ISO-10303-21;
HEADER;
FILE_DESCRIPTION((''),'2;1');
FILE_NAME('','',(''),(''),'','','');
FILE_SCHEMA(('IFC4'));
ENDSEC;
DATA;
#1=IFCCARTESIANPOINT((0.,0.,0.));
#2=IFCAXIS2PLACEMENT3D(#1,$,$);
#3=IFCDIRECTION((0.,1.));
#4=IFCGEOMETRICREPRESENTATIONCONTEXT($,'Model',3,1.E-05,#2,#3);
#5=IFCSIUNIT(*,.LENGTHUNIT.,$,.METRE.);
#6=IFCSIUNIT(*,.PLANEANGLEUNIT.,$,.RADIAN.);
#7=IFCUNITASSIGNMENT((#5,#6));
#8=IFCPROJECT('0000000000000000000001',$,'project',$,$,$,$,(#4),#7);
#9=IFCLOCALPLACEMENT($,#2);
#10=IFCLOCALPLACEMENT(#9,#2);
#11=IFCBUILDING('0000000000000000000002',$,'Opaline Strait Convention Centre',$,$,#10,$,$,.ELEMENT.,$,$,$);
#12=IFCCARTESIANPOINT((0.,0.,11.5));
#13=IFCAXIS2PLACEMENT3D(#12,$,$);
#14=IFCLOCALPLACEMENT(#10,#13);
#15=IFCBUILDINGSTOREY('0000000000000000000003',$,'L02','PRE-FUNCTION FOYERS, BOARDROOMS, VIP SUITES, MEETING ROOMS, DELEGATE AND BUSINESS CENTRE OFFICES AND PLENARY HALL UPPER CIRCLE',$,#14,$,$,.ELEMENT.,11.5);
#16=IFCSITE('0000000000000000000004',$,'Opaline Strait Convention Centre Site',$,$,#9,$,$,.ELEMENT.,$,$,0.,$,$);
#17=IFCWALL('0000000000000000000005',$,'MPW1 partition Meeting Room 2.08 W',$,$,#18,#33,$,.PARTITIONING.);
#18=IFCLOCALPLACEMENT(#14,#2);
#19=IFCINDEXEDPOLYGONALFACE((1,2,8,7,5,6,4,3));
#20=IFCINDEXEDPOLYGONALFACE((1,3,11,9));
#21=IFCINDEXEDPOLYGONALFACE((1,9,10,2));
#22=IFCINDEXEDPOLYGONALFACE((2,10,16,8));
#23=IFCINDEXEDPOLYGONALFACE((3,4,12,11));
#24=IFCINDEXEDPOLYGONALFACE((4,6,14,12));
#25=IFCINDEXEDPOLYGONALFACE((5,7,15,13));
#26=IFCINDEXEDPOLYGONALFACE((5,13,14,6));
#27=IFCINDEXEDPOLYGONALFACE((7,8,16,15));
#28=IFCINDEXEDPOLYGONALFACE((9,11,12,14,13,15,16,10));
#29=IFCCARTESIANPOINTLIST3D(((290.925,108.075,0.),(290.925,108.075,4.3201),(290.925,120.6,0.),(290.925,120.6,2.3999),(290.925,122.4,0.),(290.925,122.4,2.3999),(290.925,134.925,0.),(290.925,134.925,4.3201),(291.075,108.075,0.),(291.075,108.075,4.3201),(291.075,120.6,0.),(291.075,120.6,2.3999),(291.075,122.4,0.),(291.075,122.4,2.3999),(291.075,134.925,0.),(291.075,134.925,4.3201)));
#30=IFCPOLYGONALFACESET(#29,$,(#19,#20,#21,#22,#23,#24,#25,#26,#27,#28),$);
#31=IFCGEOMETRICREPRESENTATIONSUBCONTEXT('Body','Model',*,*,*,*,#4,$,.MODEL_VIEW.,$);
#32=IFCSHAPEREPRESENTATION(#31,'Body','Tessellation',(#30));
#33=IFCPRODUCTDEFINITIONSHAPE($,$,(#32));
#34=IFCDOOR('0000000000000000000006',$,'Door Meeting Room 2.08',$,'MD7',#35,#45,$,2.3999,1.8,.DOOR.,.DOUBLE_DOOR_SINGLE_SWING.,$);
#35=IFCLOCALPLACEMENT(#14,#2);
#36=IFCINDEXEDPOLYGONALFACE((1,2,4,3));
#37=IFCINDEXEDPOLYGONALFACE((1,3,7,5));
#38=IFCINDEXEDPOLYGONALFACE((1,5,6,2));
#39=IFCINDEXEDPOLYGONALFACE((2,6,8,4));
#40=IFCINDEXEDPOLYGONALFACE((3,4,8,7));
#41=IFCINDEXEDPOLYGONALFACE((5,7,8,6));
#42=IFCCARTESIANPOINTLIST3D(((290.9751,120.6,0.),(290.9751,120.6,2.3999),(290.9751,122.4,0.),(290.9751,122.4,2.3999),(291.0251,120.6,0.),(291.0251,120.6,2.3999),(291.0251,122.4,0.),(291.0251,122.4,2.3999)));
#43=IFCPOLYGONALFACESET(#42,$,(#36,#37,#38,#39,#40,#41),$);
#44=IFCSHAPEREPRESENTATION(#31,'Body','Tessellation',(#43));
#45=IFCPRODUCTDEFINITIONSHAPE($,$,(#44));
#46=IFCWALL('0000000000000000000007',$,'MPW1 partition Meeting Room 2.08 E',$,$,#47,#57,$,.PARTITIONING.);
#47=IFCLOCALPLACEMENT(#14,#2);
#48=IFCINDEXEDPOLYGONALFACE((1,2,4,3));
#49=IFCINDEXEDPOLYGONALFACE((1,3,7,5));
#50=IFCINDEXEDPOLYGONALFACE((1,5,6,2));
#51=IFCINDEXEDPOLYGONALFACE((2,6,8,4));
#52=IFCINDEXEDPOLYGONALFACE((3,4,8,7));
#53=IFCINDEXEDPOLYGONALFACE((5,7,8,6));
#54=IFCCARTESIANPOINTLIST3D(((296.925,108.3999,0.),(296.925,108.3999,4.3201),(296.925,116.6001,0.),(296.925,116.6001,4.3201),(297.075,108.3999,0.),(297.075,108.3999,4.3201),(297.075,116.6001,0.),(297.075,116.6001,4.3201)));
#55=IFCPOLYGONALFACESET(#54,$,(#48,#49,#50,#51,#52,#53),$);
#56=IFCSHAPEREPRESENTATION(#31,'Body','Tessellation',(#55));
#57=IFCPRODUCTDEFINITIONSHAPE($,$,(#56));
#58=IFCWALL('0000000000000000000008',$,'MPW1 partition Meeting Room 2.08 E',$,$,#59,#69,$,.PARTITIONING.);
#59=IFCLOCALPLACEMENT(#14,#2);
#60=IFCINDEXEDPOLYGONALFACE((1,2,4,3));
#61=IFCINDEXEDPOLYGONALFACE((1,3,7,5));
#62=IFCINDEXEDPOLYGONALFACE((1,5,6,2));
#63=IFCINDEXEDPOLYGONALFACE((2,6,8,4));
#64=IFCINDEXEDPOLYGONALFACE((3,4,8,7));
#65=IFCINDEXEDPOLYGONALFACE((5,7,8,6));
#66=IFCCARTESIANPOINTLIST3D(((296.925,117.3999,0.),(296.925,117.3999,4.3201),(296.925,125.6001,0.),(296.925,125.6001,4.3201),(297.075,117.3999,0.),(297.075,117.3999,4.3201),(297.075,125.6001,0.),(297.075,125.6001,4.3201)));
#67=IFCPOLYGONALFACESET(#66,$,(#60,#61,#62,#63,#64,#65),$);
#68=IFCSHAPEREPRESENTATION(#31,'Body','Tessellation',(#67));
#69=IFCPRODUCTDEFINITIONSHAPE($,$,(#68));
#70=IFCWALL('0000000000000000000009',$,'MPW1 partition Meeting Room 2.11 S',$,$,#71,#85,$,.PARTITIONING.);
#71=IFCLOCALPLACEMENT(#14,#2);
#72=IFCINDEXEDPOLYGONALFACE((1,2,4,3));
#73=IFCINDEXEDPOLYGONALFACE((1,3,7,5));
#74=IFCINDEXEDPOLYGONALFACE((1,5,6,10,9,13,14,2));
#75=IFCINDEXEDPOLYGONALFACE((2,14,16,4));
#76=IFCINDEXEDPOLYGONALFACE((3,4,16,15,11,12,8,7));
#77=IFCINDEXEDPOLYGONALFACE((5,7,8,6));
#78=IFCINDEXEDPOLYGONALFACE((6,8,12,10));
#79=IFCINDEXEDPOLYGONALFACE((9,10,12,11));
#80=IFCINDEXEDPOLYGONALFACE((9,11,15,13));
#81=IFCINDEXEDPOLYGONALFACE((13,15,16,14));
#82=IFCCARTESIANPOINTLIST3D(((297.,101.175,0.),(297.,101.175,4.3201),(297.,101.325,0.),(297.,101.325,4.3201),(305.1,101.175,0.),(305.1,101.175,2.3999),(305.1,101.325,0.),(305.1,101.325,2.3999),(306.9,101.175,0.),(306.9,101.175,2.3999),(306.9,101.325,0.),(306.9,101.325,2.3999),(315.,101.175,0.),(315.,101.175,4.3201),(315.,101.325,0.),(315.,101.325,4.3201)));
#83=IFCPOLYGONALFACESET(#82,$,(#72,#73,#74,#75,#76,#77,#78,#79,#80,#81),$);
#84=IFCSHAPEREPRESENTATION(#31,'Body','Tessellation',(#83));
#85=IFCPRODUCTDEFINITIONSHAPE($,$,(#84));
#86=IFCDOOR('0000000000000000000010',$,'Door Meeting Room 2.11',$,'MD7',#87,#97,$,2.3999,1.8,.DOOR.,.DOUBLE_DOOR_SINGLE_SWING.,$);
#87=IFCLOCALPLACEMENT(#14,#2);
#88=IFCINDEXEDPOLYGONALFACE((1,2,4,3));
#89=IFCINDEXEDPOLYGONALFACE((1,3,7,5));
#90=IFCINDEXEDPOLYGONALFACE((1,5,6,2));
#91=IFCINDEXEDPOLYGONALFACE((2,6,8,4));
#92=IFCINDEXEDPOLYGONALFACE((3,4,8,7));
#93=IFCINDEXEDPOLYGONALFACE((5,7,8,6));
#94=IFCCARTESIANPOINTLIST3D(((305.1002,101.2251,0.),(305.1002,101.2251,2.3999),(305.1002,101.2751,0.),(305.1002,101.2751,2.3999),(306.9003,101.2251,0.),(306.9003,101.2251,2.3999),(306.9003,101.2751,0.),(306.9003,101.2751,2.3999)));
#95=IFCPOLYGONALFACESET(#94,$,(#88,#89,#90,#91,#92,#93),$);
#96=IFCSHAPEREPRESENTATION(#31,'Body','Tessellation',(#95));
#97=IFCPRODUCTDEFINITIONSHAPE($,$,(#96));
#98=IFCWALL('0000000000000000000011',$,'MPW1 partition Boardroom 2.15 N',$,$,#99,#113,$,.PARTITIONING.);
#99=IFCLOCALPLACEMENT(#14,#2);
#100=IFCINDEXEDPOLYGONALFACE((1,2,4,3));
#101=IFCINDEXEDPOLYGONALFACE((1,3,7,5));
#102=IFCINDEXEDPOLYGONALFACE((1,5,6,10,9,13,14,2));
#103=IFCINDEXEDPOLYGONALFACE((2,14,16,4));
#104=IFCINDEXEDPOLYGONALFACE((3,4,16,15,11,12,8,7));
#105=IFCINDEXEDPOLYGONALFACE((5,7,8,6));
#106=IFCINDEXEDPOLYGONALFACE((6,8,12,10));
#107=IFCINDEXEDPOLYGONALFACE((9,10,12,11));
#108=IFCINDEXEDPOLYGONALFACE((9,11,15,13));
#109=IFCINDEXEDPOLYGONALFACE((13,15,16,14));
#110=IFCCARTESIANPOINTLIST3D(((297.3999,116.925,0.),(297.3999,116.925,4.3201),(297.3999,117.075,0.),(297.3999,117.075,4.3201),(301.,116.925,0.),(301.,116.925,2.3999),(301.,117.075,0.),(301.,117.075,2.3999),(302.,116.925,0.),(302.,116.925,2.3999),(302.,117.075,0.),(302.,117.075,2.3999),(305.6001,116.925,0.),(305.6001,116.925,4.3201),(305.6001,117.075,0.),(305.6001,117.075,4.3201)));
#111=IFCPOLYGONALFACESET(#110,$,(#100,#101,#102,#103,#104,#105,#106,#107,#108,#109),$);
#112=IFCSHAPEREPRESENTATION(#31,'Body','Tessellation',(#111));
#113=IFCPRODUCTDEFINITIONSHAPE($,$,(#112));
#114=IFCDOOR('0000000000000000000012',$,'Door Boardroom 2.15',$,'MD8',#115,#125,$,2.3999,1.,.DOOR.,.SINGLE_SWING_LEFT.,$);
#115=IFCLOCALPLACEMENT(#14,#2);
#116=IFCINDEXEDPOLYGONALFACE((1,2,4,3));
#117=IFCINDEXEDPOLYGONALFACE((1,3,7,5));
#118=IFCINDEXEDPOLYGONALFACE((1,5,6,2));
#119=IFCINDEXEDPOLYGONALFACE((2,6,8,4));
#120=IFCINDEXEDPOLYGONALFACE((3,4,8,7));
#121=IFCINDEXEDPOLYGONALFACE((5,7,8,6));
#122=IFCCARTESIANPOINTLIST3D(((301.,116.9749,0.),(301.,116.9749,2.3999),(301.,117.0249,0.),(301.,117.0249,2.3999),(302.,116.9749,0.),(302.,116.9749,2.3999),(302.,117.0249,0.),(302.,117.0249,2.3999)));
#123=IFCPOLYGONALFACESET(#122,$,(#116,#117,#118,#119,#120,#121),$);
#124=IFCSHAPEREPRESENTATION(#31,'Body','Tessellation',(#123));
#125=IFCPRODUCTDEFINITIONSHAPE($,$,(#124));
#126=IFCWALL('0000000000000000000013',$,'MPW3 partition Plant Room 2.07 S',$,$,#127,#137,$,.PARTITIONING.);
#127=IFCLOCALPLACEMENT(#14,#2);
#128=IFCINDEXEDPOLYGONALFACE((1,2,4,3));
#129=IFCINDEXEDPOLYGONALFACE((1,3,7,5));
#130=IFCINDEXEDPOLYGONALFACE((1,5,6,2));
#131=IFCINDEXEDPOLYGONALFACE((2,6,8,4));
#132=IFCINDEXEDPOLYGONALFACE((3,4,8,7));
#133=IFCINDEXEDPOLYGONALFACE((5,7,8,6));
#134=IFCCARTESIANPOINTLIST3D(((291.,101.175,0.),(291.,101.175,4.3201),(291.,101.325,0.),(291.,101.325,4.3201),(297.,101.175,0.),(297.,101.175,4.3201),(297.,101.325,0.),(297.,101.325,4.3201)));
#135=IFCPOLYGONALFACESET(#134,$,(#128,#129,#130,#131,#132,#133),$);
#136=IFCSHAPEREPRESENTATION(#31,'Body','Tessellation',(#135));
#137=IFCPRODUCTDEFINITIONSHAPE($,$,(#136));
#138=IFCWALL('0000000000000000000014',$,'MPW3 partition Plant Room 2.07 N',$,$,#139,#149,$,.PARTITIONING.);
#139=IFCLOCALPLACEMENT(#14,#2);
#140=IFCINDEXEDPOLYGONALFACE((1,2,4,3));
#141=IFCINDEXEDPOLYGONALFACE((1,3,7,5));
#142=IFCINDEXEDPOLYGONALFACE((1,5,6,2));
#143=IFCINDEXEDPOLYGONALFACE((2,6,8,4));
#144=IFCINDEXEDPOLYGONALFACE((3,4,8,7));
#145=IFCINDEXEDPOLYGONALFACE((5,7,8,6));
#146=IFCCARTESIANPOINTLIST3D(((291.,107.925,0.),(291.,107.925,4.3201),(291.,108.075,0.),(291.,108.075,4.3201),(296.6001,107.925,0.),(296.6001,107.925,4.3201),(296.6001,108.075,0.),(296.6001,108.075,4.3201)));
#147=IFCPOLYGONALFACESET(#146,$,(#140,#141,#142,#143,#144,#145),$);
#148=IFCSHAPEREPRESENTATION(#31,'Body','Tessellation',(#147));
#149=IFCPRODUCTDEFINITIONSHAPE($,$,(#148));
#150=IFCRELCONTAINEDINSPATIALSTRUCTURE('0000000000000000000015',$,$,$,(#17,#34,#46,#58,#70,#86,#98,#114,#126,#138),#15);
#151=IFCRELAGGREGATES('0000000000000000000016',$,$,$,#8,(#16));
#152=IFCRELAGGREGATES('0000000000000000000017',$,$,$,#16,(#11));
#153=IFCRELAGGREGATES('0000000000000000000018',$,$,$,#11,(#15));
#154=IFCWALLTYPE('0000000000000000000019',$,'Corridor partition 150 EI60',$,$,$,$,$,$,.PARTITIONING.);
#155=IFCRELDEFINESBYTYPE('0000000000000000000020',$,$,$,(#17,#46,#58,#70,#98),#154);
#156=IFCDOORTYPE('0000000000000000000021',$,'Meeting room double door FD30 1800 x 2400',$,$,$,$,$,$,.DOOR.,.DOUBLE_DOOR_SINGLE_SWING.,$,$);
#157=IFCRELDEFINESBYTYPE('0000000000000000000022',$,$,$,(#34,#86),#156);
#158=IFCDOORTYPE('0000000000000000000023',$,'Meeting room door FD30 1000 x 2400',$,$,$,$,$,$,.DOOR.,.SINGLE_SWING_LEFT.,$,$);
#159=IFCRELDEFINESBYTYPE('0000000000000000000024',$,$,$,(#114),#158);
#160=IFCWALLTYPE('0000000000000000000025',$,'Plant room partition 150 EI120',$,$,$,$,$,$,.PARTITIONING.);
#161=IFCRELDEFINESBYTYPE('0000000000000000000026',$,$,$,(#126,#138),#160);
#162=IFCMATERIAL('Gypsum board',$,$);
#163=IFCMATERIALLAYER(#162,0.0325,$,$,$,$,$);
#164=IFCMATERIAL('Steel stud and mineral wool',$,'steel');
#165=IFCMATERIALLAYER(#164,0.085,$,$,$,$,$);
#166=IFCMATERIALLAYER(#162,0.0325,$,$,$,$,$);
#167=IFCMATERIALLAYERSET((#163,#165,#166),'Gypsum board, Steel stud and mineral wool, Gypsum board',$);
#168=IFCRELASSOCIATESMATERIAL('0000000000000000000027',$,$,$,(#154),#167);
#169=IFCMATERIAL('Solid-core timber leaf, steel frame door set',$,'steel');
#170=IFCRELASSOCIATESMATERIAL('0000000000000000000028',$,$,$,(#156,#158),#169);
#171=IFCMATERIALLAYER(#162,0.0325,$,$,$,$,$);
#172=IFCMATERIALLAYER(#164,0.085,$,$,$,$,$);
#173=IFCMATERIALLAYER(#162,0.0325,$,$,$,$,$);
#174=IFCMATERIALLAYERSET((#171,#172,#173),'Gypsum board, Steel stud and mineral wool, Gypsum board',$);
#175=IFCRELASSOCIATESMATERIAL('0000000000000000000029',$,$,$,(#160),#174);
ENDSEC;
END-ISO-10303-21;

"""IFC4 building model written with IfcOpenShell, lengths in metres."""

from ifc_helpers import new_model, si_unit, direction, frame, frame_2d, origin, place, context, subcontext, project, spatial, rectangle, extrude, material, layer, layer_set, type_object, element, fill, save


model = new_model("IFC4")

# Units and contexts
model_context = context("Model", 3, precision=1e-05, world=origin(), true_north=direction((0.0, 1.0)))
body_context = subcontext(model_context, "Body", "Model", "MODEL_VIEW")
ifc_project = project(units=[si_unit("LENGTHUNIT", "METRE"), si_unit("PLANEANGLEUNIT", "RADIAN")], contexts=[model_context])

# Site, building, storey
site_placement = place(None, origin())
site = spatial("IfcSite", under=ifc_project, at=site_placement, Name="Opaline Strait Convention Centre Site", CompositionType="ELEMENT", RefElevation=0.0)
building_placement = place(site_placement, origin())
building = spatial("IfcBuilding", under=site, at=building_placement, Name="Opaline Strait Convention Centre", CompositionType="ELEMENT")
storey_placement = place(building_placement, frame((0.0, 0.0, 11.5)))
storey = spatial("IfcBuildingStorey", under=building, at=storey_placement, Name="L02", Description="PRE-FUNCTION FOYERS, BOARDROOMS, VIP SUITES, MEETING ROOMS, DELEGATE AND BUSINESS CENTRE OFFICES AND PLENARY HALL UPPER CIRCLE", CompositionType="ELEMENT", Elevation=11.5)

# Shared definitions
ifc_material_1 = material(Name="Gypsum board")
ifc_material_2 = material(Name="Steel stud and mineral wool", Category="steel")

# Wall, opening, door
ifc_layer_1 = layer(ifc_material_1, 0.0325)
ifc_layer_2 = layer(ifc_material_2, 0.085)
ifc_layer_3 = layer(ifc_material_1, 0.0325)
ifc_layer_set_1 = layer_set([ifc_layer_1, ifc_layer_2, ifc_layer_3], Name="Gypsum board, Steel stud and mineral wool, Gypsum board")
wall_type_1 = type_object("IfcWallType", Name="Corridor partition 150 EI60", PredefinedType="PARTITIONING", material=ifc_layer_set_1)
wall_1_placement = place(storey_placement, frame((291.0, 108.075, 0.0), z_axis=(0.0, 0.0, 1.0), x_axis=(0.0, 1.0, 0.0)))
wall_1 = element("IfcWall", 1, at=wall_1_placement, inside=storey, type_object=wall_type_1, Name="MPW1 partition Meeting Room 2.08 W", PredefinedType="PARTITIONING", context=body_context, shape_type="SweptSolid", body=[
    extrude(rectangle(XDim=26.8501, YDim=0.1499, at=frame_2d((13.425, 0.0))), origin(), (0.0, 0.0, 1.0), 4.3201),
])
opening_1_placement = place(wall_1_placement, frame((12.5251, 0.0, 0.0)))
opening_1 = element("IfcOpeningElement", 2, at=opening_1_placement, cuts=wall_1, PredefinedType="OPENING", context=body_context, shape_type="SweptSolid", body=[
    extrude(rectangle(XDim=1.8, YDim=2.3999, at=frame_2d((0.8999, 1.2))), frame((0.0, 0.085, 0.0), z_axis=(0.0, -1.0, 0.0), x_axis=(1.0, 0.0, 0.0)), (0.0, 0.0, 1.0), 0.1699),
])
ifc_material_3 = material(Name="Solid-core timber leaf, steel frame door set", Category="steel")
door_type_1 = type_object("IfcDoorType", Name="Meeting room double door FD30 1800 x 2400", OperationType="DOUBLE_DOOR_SINGLE_SWING", PredefinedType="DOOR", material=ifc_material_3)
door_1_placement = place(opening_1_placement, origin())
door_1 = element("IfcDoor", 3, at=door_1_placement, inside=storey, type_object=door_type_1, Name="Door Meeting Room 2.08", ObjectType="MD7", OperationType="DOUBLE_DOOR_SINGLE_SWING", OverallHeight=2.3999, OverallWidth=1.8, PredefinedType="DOOR", context=body_context, shape_type="SweptSolid", body=[
    extrude(rectangle(XDim=1.8, YDim=2.3999, at=frame_2d((0.8999, 1.2))), frame((0.0, 0.0249, 0.0), z_axis=(0.0, -1.0, 0.0), x_axis=(1.0, 0.0, 0.0)), (0.0, 0.0, 1.0), 0.05),
])
fill(opening_1, door_1)

# Walls
for number, where, z_axis, x_axis, name in (
    (4, (297.0, 108.3999, 0.0), (0.0, 0.0, 1.0), (0.0, 1.0, 0.0), "MPW1 partition Meeting Room 2.08 E"),
    (5, (297.0, 117.3999, 0.0), (0.0, 0.0, 1.0), (0.0, 1.0, 0.0), "MPW1 partition Meeting Room 2.08 E"),
):
    element("IfcWall", number, at=place(storey_placement, frame(where, z_axis=z_axis, x_axis=x_axis)), inside=storey, type_object=wall_type_1, Name=name, PredefinedType="PARTITIONING", context=body_context, shape_type="SweptSolid", body=[
        extrude(rectangle(XDim=8.2002, YDim=0.1499, at=frame_2d((4.1001, 0.0))), origin(), (0.0, 0.0, 1.0), 4.3201),
    ])

# Walls, openings, doors
wall_2_placement = place(storey_placement, frame((297.0, 101.25, 0.0), z_axis=(0.0, 0.0, 1.0), x_axis=(1.0, 0.0, 0.0)))
wall_2 = element("IfcWall", 6, at=wall_2_placement, inside=storey, type_object=wall_type_1, Name="MPW1 partition Meeting Room 2.11 S", PredefinedType="PARTITIONING", context=body_context, shape_type="SweptSolid", body=[
    extrude(rectangle(XDim=18.0, YDim=0.1499, at=frame_2d((9.0, 0.0))), origin(), (0.0, 0.0, 1.0), 4.3201),
])
opening_2_placement = place(wall_2_placement, frame((8.1001, 0.0, 0.0)))
opening_2 = element("IfcOpeningElement", 7, at=opening_2_placement, cuts=wall_2, PredefinedType="OPENING", context=body_context, shape_type="SweptSolid", body=[
    extrude(rectangle(XDim=1.8, YDim=2.3999, at=frame_2d((0.8999, 1.2))), frame((0.0, 0.085, 0.0), z_axis=(0.0, -1.0, 0.0), x_axis=(1.0, 0.0, 0.0)), (0.0, 0.0, 1.0), 0.1699),
])
door_2_placement = place(opening_2_placement, frame((1.8, 0.0, 0.0), z_axis=(0.0, 0.0, 1.0), x_axis=(-1.0, 0.0, 0.0)))
door_2 = element("IfcDoor", 8, at=door_2_placement, inside=storey, type_object=door_type_1, Name="Door Meeting Room 2.11", ObjectType="MD7", OperationType="DOUBLE_DOOR_SINGLE_SWING", OverallHeight=2.3999, OverallWidth=1.8, PredefinedType="DOOR", context=body_context, shape_type="SweptSolid", body=[
    extrude(rectangle(XDim=1.8, YDim=2.3999, at=frame_2d((0.8999, 1.2))), frame((0.0, 0.0249, 0.0), z_axis=(0.0, -1.0, 0.0), x_axis=(1.0, 0.0, 0.0)), (0.0, 0.0, 1.0), 0.05),
])
fill(opening_2, door_2)
wall_3_placement = place(storey_placement, frame((297.3999, 117.0, 0.0), z_axis=(0.0, 0.0, 1.0), x_axis=(1.0, 0.0, 0.0)))
wall_3 = element("IfcWall", 9, at=wall_3_placement, inside=storey, type_object=wall_type_1, Name="MPW1 partition Boardroom 2.15 N", PredefinedType="PARTITIONING", context=body_context, shape_type="SweptSolid", body=[
    extrude(rectangle(XDim=8.2002, YDim=0.1499, at=frame_2d((4.1001, 0.0))), origin(), (0.0, 0.0, 1.0), 4.3201),
])
opening_3_placement = place(wall_3_placement, frame((3.6001, 0.0, 0.0)))
opening_3 = element("IfcOpeningElement", 10, at=opening_3_placement, cuts=wall_3, PredefinedType="OPENING", context=body_context, shape_type="SweptSolid", body=[
    extrude(rectangle(XDim=1.0, YDim=2.3999, at=frame_2d((0.5, 1.2))), frame((0.0, 0.085, 0.0), z_axis=(0.0, -1.0, 0.0), x_axis=(1.0, 0.0, 0.0)), (0.0, 0.0, 1.0), 0.1699),
])
door_type_2 = type_object("IfcDoorType", Name="Meeting room door FD30 1000 x 2400", OperationType="SINGLE_SWING_LEFT", PredefinedType="DOOR", material=ifc_material_3)
door_3_placement = place(opening_3_placement, origin())
door_3 = element("IfcDoor", 11, at=door_3_placement, inside=storey, type_object=door_type_2, Name="Door Boardroom 2.15", ObjectType="MD8", OperationType="SINGLE_SWING_LEFT", OverallHeight=2.3999, OverallWidth=1.0, PredefinedType="DOOR", context=body_context, shape_type="SweptSolid", body=[
    extrude(rectangle(XDim=1.0, YDim=2.3999, at=frame_2d((0.5, 1.2))), frame((0.0, 0.0249, 0.0), z_axis=(0.0, -1.0, 0.0), x_axis=(1.0, 0.0, 0.0)), (0.0, 0.0, 1.0), 0.05),
])
fill(opening_3, door_3)

# Walls
ifc_layer_4 = layer(ifc_material_1, 0.0325)
ifc_layer_5 = layer(ifc_material_2, 0.085)
ifc_layer_6 = layer(ifc_material_1, 0.0325)
ifc_layer_set_2 = layer_set([ifc_layer_4, ifc_layer_5, ifc_layer_6], Name="Gypsum board, Steel stud and mineral wool, Gypsum board")
wall_type_2 = type_object("IfcWallType", Name="Plant room partition 150 EI120", PredefinedType="PARTITIONING", material=ifc_layer_set_2)
wall_4_placement = place(storey_placement, frame((291.0, 101.25, 0.0), z_axis=(0.0, 0.0, 1.0), x_axis=(1.0, 0.0, 0.0)))
element("IfcWall", 12, at=wall_4_placement, inside=storey, type_object=wall_type_2, Name="MPW3 partition Plant Room 2.07 S", PredefinedType="PARTITIONING", context=body_context, shape_type="SweptSolid", body=[
    extrude(rectangle(XDim=6.0, YDim=0.1499, at=frame_2d((3.0, 0.0))), origin(), (0.0, 0.0, 1.0), 4.3201),
])
wall_5_placement = place(storey_placement, frame((291.0, 108.0, 0.0), z_axis=(0.0, 0.0, 1.0), x_axis=(1.0, 0.0, 0.0)))
element("IfcWall", 13, at=wall_5_placement, inside=storey, type_object=wall_type_2, Name="MPW3 partition Plant Room 2.07 N", PredefinedType="PARTITIONING", context=body_context, shape_type="SweptSolid", body=[
    extrude(rectangle(XDim=5.6001, YDim=0.1499, at=frame_2d((2.8, 0.0))), origin(), (0.0, 0.0, 1.0), 4.3201),
])

save(model, "model.ifc")
